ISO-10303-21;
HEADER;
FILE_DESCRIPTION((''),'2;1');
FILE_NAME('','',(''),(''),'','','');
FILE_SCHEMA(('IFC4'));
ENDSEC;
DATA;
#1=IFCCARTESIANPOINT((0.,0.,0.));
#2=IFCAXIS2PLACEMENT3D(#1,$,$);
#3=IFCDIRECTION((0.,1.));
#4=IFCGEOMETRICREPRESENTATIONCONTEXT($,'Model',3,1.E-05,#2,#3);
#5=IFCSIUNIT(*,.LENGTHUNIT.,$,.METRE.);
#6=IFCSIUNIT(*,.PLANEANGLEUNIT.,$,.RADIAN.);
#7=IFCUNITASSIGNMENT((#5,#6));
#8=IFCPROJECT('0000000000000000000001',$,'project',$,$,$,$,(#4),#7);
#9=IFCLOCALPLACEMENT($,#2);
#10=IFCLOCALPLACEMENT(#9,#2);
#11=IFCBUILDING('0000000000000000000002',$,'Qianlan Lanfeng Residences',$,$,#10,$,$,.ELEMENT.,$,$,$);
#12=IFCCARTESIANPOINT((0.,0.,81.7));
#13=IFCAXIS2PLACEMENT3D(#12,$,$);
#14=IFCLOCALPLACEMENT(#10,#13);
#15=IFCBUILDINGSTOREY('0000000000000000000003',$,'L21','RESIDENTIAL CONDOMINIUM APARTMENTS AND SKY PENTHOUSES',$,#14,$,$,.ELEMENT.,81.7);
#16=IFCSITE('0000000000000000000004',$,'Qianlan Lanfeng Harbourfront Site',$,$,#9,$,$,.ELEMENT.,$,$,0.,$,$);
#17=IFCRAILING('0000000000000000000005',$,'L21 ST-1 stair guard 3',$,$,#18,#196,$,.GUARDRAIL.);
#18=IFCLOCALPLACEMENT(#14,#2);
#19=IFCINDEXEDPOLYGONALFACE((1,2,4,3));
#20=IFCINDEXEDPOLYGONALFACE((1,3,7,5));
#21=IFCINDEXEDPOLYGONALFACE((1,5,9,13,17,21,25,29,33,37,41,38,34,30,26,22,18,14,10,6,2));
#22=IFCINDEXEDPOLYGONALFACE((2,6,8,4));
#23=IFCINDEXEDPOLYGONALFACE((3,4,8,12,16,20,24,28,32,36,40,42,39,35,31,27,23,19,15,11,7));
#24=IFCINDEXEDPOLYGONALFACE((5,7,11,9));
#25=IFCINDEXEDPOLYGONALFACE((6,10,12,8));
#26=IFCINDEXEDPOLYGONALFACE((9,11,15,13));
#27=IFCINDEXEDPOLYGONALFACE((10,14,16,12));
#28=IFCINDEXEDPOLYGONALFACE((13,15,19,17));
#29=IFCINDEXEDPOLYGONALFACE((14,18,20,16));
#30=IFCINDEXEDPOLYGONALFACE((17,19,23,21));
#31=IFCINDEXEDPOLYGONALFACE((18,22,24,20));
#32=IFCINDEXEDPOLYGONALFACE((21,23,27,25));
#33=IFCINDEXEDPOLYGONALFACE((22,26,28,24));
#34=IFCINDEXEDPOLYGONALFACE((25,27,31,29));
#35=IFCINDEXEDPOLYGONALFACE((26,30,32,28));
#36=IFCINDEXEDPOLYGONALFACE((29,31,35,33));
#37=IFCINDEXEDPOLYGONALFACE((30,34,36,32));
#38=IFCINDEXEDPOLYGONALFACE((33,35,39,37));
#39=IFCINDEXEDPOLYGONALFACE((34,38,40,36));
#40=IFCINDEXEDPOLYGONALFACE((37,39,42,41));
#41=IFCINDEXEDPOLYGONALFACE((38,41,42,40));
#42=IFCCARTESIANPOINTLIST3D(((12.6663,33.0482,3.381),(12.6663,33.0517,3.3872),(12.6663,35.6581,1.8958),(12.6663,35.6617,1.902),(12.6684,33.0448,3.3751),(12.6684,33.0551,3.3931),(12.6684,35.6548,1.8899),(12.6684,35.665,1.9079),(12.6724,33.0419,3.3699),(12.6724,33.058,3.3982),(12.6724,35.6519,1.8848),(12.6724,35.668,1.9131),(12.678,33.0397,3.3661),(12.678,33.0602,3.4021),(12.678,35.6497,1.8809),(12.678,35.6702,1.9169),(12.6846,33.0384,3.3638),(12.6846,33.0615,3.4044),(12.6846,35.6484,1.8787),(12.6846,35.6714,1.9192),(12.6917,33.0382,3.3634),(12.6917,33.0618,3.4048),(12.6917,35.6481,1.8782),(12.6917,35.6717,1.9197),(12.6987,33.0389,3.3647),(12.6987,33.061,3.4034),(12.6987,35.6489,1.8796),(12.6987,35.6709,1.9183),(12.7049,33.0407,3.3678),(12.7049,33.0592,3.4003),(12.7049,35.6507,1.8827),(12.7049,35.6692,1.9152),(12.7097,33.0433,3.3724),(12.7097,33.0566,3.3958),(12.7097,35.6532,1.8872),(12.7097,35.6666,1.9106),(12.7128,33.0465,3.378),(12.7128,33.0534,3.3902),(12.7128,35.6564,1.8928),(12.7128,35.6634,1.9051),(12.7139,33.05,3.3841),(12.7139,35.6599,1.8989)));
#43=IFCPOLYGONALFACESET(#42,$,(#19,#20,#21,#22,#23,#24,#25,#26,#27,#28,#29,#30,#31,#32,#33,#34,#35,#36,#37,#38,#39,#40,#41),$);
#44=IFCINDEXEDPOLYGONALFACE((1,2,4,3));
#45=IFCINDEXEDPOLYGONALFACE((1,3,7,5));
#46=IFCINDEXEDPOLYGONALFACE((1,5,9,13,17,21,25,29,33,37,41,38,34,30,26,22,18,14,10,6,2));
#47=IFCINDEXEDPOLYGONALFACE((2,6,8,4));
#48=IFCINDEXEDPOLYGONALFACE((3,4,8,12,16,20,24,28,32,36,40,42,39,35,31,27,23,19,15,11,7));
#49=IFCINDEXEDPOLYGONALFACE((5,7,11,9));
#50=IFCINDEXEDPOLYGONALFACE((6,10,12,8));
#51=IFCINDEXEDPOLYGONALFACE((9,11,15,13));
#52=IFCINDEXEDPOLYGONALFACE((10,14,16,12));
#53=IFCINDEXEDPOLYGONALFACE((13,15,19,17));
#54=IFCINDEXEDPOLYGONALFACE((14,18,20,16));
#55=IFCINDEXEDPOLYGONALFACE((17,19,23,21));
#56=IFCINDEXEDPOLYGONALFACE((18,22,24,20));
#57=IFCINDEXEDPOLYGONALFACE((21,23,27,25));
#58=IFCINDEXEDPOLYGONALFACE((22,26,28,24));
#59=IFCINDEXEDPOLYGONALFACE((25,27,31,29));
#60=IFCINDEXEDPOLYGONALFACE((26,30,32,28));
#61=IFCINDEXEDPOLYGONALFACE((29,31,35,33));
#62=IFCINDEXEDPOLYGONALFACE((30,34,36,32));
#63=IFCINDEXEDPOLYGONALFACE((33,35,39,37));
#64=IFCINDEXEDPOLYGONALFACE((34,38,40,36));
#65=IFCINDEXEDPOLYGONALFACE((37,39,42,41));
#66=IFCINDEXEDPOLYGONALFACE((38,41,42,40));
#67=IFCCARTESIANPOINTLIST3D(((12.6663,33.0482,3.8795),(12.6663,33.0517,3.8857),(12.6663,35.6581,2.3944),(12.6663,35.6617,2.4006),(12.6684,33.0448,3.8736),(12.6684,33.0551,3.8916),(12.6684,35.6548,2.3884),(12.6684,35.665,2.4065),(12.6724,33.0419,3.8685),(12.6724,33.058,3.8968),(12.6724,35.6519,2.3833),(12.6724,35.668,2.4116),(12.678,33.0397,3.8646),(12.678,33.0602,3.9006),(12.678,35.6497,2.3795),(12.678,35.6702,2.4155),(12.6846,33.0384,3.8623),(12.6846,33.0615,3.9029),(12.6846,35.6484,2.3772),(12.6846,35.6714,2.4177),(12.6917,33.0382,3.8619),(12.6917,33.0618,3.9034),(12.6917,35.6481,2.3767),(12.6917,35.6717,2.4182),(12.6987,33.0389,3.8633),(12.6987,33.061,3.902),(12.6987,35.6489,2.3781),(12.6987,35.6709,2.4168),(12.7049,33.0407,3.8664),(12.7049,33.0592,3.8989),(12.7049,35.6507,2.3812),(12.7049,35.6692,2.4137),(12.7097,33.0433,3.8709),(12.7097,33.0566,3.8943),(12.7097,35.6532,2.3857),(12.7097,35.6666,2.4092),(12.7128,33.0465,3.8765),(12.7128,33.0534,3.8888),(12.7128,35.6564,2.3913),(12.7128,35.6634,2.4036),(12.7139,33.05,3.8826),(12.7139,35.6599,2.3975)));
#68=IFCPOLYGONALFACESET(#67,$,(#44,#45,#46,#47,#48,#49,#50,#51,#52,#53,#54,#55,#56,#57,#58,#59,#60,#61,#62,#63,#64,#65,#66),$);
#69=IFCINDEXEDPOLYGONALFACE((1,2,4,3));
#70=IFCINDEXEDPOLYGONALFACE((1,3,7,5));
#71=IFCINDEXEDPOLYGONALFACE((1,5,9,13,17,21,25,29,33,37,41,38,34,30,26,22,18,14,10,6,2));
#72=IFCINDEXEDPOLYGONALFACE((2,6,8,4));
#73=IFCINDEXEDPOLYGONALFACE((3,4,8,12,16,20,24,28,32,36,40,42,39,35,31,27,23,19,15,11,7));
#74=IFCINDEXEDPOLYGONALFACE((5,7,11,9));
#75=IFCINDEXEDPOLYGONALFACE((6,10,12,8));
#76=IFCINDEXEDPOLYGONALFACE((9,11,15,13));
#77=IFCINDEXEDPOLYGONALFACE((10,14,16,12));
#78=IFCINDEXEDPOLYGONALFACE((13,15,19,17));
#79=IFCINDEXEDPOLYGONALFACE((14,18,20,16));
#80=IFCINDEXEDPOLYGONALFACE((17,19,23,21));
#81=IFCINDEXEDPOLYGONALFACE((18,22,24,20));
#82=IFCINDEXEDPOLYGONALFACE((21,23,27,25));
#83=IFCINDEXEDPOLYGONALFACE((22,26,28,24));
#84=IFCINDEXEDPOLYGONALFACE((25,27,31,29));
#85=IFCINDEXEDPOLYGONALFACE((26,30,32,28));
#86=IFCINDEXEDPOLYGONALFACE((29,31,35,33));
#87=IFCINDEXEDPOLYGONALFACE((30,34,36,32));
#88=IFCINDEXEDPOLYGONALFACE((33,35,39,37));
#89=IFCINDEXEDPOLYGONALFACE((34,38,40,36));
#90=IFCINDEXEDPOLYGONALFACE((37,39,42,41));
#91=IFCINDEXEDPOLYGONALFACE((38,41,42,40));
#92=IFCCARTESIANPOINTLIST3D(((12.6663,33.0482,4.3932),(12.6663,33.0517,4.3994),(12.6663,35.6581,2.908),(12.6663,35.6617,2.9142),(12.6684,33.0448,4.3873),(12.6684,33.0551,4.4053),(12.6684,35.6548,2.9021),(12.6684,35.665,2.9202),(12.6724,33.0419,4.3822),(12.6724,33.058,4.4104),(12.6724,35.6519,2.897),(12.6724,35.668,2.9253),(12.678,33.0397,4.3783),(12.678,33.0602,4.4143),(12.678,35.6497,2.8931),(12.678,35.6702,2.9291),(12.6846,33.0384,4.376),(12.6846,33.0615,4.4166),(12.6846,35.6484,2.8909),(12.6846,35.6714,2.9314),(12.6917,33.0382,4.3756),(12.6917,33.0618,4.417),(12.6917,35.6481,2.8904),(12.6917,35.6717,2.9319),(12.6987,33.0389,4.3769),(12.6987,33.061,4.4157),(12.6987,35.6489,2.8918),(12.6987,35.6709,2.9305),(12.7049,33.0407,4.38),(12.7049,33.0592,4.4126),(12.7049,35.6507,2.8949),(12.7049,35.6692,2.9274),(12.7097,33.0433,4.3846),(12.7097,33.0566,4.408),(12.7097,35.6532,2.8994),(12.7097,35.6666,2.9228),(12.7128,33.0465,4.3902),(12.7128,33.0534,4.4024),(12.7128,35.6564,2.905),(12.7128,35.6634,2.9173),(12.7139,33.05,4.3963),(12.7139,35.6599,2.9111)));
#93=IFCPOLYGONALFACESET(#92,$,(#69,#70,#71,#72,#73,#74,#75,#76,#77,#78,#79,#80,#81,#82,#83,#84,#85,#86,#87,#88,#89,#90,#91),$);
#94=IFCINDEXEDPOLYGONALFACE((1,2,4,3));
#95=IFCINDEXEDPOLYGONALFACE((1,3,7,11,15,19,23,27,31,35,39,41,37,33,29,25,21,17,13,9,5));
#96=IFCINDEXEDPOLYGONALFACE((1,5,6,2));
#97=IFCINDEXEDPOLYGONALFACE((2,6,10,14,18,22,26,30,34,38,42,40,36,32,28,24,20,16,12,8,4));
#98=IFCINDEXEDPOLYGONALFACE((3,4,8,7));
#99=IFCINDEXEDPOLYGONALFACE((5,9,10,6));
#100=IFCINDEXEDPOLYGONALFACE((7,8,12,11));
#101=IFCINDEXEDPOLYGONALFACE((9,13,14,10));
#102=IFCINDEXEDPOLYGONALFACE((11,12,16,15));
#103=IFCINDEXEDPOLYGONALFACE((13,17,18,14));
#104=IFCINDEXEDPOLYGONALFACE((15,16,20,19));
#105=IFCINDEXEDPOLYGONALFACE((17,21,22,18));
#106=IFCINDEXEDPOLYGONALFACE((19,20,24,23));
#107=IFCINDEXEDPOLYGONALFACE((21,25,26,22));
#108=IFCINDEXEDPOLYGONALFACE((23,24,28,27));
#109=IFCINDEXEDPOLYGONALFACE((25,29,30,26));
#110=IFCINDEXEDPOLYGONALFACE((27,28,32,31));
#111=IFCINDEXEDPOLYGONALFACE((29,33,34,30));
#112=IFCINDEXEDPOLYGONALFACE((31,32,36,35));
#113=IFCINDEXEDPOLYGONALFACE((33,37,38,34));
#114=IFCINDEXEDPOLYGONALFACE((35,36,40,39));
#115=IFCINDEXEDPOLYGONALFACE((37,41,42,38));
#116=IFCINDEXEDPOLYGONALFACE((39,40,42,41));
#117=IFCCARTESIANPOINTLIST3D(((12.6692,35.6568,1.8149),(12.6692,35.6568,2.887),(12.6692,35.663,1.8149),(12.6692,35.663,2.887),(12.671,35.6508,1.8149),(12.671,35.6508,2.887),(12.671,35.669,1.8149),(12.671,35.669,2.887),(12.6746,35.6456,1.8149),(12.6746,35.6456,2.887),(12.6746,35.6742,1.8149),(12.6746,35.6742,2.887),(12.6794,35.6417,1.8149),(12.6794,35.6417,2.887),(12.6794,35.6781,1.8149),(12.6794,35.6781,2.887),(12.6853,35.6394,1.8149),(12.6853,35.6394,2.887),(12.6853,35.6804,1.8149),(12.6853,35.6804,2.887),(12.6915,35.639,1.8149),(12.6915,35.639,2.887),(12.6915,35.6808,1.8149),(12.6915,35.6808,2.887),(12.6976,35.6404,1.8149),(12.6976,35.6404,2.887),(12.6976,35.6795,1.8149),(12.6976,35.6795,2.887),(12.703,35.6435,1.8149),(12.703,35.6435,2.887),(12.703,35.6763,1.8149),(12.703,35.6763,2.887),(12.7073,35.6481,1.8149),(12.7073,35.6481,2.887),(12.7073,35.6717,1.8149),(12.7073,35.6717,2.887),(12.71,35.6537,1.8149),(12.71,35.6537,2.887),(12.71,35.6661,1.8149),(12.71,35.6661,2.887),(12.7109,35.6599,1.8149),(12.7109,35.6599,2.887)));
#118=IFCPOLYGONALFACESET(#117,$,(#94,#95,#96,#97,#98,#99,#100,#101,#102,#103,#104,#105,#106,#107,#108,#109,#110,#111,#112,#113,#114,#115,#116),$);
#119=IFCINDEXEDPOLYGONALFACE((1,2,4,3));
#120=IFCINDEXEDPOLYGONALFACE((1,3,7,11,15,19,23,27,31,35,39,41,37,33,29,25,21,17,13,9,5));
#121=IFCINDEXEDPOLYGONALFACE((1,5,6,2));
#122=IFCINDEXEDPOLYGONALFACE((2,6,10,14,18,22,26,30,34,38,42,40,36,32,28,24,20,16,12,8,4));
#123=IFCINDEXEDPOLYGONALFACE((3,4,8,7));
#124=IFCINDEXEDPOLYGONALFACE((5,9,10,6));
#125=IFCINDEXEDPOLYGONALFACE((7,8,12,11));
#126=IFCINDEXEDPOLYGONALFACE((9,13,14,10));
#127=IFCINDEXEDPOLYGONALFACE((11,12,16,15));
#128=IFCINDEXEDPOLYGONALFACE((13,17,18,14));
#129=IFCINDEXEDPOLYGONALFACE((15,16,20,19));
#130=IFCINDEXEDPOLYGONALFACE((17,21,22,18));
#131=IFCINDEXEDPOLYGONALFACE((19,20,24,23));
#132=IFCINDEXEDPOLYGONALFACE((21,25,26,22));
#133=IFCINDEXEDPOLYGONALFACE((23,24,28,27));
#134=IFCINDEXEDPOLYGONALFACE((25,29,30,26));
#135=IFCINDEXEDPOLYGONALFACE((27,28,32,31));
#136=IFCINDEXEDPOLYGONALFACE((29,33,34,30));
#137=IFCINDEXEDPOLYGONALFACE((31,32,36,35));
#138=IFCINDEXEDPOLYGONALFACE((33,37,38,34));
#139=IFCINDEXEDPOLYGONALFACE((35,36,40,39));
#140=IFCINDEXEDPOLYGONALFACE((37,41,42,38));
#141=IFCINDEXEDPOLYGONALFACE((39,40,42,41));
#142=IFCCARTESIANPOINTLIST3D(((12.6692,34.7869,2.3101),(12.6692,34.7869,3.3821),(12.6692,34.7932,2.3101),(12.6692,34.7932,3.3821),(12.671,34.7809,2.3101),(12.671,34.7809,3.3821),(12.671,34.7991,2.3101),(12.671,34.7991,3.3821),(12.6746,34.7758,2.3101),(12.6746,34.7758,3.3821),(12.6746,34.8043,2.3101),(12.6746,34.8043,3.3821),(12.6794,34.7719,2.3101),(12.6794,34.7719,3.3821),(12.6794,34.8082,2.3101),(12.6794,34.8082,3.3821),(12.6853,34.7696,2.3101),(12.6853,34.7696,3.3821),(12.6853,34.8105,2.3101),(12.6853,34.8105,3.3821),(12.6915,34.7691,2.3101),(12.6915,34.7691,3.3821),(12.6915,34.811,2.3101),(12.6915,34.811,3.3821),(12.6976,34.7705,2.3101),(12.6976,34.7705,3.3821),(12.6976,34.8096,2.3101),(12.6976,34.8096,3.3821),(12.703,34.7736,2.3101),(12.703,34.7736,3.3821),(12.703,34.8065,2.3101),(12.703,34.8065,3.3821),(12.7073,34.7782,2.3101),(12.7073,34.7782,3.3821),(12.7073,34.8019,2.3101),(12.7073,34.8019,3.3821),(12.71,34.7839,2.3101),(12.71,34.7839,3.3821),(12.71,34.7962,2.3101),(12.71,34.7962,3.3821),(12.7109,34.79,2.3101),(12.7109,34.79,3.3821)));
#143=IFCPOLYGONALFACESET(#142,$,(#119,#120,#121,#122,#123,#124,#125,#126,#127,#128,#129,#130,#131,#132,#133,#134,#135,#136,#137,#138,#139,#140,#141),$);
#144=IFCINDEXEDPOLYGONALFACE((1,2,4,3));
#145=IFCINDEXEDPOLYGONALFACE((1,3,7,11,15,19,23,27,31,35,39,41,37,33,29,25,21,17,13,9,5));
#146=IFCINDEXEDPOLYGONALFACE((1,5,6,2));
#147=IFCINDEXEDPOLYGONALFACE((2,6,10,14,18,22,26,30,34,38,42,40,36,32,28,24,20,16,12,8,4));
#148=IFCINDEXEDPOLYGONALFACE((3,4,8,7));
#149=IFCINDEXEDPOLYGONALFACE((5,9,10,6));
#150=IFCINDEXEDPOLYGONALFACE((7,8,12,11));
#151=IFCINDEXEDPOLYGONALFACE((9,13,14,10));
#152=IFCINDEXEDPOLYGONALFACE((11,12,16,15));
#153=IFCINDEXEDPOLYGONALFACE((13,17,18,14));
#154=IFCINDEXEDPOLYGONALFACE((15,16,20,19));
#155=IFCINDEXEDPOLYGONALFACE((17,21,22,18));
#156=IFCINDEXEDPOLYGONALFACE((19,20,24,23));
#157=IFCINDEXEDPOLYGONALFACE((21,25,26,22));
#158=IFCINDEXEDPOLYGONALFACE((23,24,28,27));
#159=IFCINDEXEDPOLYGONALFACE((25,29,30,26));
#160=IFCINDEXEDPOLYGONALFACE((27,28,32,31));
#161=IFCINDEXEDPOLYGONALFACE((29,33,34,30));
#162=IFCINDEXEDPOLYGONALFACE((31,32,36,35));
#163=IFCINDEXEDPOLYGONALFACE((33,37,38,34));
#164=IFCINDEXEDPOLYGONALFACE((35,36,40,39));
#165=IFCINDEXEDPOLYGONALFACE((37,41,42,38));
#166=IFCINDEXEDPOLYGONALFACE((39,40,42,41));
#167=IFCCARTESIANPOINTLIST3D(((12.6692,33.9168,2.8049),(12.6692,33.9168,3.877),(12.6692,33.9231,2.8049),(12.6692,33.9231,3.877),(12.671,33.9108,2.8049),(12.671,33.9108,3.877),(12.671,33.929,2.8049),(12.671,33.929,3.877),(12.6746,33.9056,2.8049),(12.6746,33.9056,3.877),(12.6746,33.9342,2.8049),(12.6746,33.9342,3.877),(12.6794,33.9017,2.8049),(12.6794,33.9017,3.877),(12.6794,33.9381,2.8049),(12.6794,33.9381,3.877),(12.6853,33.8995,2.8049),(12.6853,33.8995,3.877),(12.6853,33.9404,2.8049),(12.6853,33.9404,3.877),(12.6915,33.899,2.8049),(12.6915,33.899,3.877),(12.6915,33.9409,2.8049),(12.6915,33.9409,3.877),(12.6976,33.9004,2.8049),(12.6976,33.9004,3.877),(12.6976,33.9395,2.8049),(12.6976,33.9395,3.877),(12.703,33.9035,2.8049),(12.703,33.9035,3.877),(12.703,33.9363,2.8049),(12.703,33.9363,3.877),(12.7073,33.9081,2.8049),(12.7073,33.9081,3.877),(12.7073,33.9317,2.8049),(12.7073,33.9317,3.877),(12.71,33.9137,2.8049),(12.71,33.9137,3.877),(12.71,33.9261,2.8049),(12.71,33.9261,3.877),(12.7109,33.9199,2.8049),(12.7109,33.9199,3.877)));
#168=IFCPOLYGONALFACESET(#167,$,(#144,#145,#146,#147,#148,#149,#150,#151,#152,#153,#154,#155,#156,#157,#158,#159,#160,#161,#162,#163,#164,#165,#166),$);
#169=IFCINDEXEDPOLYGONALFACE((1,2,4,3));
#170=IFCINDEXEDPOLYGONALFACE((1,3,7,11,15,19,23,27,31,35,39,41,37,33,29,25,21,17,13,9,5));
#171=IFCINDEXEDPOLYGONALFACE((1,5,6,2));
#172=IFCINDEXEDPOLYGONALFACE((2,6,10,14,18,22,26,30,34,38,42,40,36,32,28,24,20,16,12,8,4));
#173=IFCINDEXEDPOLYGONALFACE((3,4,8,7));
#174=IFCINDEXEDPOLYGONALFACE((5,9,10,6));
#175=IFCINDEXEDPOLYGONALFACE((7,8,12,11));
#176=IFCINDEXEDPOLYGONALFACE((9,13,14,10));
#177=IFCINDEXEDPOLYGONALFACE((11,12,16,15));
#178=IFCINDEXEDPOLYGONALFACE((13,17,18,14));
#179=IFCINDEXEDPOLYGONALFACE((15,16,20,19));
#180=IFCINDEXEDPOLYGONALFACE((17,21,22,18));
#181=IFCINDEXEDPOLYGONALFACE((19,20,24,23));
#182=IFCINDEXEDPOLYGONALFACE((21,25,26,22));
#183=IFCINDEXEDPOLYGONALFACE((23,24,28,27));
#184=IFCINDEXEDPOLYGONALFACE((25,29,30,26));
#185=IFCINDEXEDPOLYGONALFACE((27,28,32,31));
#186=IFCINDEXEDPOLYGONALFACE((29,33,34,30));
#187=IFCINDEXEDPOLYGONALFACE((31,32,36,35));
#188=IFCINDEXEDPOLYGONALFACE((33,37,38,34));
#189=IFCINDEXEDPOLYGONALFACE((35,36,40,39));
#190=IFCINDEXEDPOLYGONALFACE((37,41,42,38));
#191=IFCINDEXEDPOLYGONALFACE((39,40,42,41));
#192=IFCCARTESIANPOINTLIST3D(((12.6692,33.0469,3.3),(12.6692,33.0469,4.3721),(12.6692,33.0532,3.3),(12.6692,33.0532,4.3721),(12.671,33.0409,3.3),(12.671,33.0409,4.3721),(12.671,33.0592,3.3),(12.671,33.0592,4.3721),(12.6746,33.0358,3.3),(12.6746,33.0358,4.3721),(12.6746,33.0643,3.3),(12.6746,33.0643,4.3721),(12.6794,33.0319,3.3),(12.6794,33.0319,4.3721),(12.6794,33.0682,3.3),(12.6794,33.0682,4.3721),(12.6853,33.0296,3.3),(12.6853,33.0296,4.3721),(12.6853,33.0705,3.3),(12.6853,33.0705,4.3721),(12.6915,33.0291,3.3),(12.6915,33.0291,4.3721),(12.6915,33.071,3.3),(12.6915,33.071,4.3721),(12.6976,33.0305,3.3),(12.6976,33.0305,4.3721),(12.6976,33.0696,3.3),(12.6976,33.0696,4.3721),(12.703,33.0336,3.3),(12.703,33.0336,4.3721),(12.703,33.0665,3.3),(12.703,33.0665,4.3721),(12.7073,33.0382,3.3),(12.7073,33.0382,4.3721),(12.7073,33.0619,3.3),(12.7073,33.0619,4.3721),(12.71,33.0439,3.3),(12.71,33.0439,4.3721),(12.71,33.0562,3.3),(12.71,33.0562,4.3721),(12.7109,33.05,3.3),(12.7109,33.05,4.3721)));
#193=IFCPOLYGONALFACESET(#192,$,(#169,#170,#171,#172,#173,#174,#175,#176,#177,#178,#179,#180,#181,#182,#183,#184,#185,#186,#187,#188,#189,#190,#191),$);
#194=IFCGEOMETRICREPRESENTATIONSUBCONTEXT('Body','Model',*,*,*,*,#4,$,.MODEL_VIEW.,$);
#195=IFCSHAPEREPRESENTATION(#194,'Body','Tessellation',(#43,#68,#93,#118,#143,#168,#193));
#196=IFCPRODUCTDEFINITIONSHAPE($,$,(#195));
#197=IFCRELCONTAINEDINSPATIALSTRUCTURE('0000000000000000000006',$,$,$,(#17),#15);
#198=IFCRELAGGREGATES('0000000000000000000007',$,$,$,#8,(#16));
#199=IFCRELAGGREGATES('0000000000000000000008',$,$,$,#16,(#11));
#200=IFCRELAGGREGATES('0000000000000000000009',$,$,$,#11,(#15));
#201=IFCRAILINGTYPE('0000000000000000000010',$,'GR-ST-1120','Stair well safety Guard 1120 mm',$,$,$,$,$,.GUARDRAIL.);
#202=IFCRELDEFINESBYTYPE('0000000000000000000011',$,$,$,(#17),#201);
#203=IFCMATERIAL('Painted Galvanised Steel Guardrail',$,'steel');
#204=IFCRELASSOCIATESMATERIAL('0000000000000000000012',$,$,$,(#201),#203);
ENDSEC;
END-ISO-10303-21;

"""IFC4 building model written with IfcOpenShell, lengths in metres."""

from ifc_helpers import new_model, si_unit, direction, frame, origin, origin_2d, place, context, subcontext, project, spatial, circle, extrude, material, type_object, element, save


model = new_model("IFC4")

# Units and contexts
model_context = context("Model", 3, precision=1e-05, world=origin(), true_north=direction((0.0, 1.0)))
body_context = subcontext(model_context, "Body", "Model", "MODEL_VIEW")
ifc_project = project(units=[si_unit("LENGTHUNIT", "METRE"), si_unit("PLANEANGLEUNIT", "RADIAN")], contexts=[model_context])

# Site, building, storey
site_placement = place(None, origin())
site = spatial("IfcSite", under=ifc_project, at=site_placement, Name="Qianlan Lanfeng Harbourfront Site", CompositionType="ELEMENT", RefElevation=0.0)
building_placement = place(site_placement, origin())
building = spatial("IfcBuilding", under=site, at=building_placement, Name="Qianlan Lanfeng Residences", CompositionType="ELEMENT")
storey_placement = place(building_placement, frame((0.0, 0.0, 81.7)))
storey = spatial("IfcBuildingStorey", under=building, at=storey_placement, Name="L21", Description="RESIDENTIAL CONDOMINIUM APARTMENTS AND SKY PENTHOUSES", CompositionType="ELEMENT", Elevation=81.7)

# Railing
ifc_material_1 = material(Name="Painted Galvanised Steel Guardrail", Category="steel")
railing_type_1 = type_object("IfcRailingType", Name="GR-ST-1120", Description="Stair well safety Guard 1120 mm", PredefinedType="GUARDRAIL", material=ifc_material_1)
railing_1_placement = place(storey_placement, frame((12.6899, 35.6599, 1.8149)))
element("IfcRailing", 1, at=railing_1_placement, inside=storey, type_object=railing_type_1, Name="L21 ST-1 stair guard 3", PredefinedType="GUARDRAIL", context=body_context, shape_type="SweptSolid", body=[
    extrude(circle(Radius=0.0239, at=origin_2d()), frame((0.0, 0.0, 0.084), z_axis=(0.0, -0.869137, 0.494571), x_axis=(1.0, 0.0, 0.0)), (0.0, 0.0, 1.0), 3.0029),
    extrude(circle(Radius=0.0239, at=origin_2d()), frame((0.0, 0.0, 0.5825), z_axis=(0.0, -0.869137, 0.494571), x_axis=(1.0, 0.0, 0.0)), (0.0, 0.0, 1.0), 3.0029),
    extrude(circle(Radius=0.0239, at=origin_2d()), frame((0.0, 0.0, 1.0962), z_axis=(0.0, -0.869137, 0.494571), x_axis=(1.0, 0.0, 0.0)), (0.0, 0.0, 1.0), 3.0029),
    extrude(circle(Radius=0.021, at=origin_2d()), origin(), (0.0, 0.0, 1.0), 1.072),
    extrude(circle(Radius=0.021, at=origin_2d()), frame((0.0, -0.8699, 0.4951)), (0.0, 0.0, 1.0), 1.072),
    extrude(circle(Radius=0.021, at=origin_2d()), frame((0.0, -1.74, 0.99)), (0.0, 0.0, 1.0), 1.072),
    extrude(circle(Radius=0.021, at=origin_2d()), frame((0.0, -2.6099, 1.4851)), (0.0, 0.0, 1.0), 1.072),
])

save(model, "model.ifc")
